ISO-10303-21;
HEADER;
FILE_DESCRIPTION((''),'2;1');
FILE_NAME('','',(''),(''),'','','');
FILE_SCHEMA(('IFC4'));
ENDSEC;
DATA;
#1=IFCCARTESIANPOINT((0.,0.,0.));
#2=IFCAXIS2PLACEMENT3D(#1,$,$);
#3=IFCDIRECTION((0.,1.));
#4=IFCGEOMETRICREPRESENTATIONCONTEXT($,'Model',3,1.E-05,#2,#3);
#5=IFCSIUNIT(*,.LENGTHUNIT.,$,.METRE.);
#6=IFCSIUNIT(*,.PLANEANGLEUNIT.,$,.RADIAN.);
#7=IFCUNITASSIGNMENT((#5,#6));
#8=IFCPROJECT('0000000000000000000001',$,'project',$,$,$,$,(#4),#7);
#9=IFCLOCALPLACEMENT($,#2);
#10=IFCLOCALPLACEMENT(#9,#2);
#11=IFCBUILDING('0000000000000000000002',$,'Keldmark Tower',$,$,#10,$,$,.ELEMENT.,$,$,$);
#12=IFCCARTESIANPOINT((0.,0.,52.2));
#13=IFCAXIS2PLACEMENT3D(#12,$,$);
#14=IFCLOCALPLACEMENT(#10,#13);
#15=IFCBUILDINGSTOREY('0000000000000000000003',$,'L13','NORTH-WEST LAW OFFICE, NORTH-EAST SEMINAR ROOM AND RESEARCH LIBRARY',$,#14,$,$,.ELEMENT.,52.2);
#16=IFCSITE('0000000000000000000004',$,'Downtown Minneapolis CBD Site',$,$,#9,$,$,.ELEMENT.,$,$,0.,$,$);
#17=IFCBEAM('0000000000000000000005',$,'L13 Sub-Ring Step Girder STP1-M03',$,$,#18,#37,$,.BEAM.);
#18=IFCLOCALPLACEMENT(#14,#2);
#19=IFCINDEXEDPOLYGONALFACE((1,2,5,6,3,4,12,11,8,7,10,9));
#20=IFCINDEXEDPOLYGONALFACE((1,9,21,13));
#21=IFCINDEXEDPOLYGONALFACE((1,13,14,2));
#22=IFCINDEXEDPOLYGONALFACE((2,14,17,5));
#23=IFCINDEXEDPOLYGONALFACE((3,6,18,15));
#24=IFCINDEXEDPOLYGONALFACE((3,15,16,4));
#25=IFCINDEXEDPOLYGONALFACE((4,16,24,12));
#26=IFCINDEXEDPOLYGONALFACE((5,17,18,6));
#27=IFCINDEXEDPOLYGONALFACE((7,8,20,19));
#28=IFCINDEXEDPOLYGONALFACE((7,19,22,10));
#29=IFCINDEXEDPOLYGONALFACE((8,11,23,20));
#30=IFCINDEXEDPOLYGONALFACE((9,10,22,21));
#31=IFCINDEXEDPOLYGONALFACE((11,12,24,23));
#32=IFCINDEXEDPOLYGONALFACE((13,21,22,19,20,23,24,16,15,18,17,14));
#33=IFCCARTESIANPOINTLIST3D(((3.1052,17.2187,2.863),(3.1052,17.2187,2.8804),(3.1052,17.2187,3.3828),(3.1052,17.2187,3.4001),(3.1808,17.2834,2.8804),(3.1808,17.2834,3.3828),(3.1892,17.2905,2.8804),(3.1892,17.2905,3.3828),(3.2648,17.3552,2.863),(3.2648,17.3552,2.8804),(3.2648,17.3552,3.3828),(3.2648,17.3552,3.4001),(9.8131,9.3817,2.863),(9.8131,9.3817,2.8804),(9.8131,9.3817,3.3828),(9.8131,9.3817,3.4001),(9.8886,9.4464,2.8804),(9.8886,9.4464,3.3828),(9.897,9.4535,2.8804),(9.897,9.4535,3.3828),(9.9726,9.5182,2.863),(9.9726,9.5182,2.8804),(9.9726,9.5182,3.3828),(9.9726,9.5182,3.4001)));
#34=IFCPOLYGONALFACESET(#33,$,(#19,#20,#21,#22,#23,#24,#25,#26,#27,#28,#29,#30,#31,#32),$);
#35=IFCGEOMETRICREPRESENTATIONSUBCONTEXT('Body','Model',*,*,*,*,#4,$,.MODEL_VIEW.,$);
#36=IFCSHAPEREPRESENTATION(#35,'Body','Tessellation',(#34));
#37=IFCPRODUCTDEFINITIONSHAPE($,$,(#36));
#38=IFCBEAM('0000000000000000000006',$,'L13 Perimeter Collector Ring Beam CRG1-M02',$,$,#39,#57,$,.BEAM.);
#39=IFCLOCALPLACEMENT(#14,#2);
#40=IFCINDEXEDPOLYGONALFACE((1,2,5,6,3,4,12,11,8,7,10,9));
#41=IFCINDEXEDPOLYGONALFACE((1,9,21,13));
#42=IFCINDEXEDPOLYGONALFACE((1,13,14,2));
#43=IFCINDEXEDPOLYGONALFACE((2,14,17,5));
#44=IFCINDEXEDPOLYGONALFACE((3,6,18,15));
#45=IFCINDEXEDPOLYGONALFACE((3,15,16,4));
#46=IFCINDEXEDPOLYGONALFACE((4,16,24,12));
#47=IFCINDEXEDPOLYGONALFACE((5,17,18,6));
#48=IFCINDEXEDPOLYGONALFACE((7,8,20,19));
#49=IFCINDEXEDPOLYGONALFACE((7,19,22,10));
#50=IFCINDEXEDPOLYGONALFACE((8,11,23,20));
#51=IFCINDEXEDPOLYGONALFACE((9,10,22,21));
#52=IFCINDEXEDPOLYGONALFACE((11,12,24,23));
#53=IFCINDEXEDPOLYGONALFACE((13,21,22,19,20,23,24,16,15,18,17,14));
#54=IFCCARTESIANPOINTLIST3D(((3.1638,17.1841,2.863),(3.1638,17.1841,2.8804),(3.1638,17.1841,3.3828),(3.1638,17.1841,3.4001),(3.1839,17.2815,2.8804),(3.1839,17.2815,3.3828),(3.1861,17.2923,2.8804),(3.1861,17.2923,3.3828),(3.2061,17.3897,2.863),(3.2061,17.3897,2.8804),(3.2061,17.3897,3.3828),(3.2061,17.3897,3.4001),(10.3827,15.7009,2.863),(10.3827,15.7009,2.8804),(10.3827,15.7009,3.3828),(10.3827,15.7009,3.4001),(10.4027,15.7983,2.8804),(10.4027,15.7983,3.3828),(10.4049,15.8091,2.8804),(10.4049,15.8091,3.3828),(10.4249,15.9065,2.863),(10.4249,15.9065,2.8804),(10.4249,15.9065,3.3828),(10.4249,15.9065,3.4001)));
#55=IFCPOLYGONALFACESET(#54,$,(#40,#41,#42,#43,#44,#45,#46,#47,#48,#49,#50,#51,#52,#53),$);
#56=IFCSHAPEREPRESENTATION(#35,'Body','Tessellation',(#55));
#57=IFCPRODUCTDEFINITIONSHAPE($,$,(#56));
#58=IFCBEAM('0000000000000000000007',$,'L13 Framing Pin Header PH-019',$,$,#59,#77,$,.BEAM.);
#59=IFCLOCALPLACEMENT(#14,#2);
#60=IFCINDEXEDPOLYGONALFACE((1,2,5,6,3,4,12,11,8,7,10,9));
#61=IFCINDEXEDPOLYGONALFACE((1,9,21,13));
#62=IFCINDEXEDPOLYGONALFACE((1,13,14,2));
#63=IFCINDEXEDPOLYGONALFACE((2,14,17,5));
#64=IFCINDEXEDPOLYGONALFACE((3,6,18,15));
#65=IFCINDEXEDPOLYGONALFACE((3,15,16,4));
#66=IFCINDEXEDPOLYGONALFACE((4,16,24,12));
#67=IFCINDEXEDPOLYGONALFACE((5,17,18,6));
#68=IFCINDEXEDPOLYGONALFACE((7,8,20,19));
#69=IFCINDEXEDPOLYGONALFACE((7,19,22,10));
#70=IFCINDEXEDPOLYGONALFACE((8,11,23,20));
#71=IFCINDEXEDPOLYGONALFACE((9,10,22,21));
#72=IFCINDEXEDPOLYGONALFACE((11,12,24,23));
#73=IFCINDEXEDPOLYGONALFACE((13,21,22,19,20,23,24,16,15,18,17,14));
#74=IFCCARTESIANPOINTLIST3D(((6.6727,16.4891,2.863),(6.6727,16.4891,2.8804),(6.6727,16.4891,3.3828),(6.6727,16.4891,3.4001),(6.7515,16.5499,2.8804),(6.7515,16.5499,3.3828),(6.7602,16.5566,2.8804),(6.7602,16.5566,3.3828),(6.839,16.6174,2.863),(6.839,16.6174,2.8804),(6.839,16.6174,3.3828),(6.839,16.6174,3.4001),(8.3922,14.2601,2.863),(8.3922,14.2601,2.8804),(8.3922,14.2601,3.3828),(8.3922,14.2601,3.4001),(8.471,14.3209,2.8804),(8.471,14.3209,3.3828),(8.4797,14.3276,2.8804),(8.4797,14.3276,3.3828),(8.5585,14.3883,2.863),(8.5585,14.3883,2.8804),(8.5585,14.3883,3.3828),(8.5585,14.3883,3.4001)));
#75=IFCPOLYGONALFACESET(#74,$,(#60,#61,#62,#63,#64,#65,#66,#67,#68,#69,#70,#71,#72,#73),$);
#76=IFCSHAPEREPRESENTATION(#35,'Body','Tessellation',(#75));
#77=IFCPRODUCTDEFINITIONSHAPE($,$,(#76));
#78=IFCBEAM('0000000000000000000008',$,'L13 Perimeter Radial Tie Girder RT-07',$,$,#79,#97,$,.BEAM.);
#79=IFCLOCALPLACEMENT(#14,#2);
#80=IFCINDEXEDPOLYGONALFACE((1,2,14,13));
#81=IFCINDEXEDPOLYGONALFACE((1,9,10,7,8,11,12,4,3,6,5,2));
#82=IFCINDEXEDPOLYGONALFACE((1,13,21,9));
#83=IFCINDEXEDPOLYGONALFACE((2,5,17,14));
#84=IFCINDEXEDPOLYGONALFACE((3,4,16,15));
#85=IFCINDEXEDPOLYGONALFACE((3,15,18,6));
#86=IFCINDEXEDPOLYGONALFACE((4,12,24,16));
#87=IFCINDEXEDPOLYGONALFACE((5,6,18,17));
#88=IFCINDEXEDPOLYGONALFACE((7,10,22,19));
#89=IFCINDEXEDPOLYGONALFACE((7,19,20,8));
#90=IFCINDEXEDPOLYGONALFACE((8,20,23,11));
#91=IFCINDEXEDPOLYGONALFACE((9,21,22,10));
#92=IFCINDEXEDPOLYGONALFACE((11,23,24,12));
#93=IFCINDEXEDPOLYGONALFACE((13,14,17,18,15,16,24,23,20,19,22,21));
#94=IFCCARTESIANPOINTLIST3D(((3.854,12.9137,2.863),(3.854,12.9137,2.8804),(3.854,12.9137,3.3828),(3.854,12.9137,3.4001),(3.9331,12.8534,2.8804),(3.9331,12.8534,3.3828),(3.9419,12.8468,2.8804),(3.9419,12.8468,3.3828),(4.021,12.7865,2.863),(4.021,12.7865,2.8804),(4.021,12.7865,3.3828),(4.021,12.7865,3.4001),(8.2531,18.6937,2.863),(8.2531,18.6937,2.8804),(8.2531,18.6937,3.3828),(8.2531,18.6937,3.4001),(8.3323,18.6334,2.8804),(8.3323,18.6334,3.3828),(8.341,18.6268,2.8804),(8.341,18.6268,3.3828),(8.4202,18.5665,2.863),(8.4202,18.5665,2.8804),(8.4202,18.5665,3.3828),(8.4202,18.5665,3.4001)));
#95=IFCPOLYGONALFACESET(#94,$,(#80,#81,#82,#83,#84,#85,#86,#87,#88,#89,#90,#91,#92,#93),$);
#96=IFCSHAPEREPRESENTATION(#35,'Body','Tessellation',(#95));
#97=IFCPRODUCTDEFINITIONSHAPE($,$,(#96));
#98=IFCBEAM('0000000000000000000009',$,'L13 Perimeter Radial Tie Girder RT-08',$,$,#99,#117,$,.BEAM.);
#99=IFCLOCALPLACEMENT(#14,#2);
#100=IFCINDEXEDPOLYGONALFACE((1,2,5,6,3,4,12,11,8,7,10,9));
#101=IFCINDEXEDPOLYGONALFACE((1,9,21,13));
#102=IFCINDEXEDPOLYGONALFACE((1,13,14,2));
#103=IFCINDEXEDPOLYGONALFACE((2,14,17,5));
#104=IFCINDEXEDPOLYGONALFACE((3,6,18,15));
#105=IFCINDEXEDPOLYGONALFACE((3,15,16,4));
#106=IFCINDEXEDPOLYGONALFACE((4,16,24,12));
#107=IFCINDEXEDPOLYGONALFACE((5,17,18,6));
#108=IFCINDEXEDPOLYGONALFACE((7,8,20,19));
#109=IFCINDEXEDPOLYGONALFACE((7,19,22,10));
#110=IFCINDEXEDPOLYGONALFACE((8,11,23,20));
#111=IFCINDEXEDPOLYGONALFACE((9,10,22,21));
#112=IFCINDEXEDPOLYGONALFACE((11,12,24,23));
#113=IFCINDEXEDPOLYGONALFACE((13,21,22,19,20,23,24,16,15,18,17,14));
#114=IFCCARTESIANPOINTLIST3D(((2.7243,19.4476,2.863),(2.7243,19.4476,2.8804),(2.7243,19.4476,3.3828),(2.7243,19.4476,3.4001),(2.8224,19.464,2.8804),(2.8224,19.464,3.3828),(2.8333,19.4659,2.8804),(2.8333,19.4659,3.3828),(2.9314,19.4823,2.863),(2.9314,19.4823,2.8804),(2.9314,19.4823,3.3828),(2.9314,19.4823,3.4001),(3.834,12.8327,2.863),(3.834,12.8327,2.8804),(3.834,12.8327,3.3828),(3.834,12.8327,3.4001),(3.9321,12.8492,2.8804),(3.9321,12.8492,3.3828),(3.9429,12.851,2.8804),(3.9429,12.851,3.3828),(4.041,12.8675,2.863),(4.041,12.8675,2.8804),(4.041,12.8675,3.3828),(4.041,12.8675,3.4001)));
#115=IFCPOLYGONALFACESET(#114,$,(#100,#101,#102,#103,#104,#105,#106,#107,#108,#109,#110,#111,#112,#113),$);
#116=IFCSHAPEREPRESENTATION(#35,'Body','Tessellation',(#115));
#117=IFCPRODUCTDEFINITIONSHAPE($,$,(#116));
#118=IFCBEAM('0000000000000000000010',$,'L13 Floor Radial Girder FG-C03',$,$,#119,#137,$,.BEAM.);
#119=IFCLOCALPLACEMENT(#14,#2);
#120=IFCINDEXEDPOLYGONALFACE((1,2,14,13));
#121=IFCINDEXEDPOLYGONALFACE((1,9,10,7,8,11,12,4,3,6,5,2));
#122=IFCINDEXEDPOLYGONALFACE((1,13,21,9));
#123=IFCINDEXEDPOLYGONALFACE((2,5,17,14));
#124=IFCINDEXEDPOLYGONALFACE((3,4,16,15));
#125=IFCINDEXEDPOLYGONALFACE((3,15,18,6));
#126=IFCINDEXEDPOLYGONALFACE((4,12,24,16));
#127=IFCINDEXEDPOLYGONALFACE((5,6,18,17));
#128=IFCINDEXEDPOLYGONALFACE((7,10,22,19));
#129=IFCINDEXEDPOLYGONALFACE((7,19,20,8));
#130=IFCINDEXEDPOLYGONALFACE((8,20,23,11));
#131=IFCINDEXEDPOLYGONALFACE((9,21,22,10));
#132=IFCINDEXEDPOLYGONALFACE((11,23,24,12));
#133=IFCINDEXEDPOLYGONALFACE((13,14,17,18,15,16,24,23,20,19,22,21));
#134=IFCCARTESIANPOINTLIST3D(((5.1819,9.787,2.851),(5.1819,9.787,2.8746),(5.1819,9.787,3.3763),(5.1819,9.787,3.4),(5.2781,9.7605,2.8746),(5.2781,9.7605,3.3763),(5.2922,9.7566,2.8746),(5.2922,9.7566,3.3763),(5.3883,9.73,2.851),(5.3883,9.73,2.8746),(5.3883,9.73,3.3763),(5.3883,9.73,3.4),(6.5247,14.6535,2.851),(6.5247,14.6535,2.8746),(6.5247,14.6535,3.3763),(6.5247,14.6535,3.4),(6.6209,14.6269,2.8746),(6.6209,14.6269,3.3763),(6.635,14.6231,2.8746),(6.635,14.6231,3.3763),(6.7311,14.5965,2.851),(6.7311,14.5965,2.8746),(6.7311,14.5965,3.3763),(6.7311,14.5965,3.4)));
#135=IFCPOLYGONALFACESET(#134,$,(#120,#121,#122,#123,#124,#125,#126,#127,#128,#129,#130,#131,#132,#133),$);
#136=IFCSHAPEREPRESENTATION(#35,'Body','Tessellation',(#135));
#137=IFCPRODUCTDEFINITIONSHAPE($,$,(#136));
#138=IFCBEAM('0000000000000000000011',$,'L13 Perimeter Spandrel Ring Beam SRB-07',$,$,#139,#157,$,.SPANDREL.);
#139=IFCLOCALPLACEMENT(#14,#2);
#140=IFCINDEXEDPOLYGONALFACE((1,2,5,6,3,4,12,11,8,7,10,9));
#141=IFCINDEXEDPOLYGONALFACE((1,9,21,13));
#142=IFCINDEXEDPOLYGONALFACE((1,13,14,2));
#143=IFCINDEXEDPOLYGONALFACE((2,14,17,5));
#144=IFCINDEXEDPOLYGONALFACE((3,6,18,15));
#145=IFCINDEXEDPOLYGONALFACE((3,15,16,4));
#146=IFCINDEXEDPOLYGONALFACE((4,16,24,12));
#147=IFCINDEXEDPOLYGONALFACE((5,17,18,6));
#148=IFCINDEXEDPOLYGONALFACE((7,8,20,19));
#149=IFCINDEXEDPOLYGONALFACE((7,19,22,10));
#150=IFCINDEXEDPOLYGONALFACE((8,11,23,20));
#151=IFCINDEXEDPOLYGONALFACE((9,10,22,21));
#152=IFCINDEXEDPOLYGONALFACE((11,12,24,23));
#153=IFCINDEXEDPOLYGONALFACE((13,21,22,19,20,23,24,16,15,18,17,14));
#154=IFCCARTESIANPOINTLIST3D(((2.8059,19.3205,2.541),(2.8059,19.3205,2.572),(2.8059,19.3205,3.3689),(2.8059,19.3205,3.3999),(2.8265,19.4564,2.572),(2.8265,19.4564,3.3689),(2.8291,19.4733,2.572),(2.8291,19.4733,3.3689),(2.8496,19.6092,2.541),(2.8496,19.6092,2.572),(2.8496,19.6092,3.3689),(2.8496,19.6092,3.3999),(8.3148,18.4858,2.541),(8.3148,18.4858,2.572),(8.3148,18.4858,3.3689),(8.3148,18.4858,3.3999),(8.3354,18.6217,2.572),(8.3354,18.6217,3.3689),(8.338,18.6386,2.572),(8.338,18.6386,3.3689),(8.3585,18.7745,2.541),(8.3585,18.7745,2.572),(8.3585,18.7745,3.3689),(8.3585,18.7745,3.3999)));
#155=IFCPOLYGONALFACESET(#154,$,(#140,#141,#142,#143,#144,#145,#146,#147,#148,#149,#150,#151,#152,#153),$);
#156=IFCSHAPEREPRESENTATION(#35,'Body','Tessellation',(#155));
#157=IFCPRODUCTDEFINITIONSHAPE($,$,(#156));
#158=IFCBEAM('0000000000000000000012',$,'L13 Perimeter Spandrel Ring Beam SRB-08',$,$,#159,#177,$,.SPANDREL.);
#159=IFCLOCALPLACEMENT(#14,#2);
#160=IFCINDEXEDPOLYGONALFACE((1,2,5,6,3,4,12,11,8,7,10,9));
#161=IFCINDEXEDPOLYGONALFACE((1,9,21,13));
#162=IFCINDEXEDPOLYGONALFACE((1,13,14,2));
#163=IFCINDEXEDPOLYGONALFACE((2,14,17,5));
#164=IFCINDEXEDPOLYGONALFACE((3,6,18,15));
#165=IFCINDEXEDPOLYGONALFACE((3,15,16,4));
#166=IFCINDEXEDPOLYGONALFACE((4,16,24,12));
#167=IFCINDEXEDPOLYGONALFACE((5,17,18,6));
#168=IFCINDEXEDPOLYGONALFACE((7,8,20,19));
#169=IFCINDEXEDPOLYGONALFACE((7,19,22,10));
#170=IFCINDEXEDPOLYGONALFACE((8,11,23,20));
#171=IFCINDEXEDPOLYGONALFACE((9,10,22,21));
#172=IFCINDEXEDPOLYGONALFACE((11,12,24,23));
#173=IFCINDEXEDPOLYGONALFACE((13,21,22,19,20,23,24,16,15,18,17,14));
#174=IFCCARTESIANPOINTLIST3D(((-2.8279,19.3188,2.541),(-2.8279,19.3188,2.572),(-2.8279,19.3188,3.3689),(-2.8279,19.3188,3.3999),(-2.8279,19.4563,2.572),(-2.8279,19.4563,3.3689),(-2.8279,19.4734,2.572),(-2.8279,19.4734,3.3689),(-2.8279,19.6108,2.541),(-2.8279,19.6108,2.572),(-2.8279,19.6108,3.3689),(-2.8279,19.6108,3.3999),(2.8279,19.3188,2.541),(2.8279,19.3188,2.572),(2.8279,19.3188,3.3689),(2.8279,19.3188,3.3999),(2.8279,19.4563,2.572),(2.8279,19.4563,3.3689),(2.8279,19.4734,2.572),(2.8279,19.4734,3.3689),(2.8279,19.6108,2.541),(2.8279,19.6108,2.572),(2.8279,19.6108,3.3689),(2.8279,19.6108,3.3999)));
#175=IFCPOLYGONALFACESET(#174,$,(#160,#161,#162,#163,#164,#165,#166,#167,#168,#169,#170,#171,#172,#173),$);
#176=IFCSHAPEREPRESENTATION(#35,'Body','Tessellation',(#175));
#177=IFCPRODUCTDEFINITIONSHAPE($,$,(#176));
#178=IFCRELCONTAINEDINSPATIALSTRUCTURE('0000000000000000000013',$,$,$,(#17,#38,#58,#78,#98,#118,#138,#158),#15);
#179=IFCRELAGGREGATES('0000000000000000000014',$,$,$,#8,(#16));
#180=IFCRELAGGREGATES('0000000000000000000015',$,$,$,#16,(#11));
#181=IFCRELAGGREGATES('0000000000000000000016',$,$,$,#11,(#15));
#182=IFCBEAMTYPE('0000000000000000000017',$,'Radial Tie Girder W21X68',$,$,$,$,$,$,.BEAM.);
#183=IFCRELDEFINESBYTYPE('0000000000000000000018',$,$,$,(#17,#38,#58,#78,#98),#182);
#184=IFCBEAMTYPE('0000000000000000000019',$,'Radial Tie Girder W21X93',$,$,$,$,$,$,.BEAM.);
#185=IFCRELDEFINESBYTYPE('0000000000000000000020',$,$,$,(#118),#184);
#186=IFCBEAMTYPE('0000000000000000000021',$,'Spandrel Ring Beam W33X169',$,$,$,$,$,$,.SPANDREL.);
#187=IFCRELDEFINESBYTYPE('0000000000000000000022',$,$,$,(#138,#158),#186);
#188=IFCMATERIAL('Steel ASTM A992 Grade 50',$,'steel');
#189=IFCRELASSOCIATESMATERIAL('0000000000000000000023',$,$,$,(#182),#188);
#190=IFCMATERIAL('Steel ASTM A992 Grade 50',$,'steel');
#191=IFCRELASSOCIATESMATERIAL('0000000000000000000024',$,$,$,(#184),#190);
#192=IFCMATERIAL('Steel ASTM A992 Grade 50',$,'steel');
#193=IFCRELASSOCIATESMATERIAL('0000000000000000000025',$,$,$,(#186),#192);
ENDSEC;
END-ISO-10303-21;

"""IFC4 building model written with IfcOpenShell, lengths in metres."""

from ifc_helpers import new_model, si_unit, direction, frame, origin, origin_2d, place, context, subcontext, project, spatial, i_section, extrude, material, material_profile, profile_set, type_object, element, save


model = new_model("IFC4")

# Units and contexts
model_context = context("Model", 3, precision=1e-05, world=origin(), true_north=direction((0.0, 1.0)))
body_context = subcontext(model_context, "Body", "Model", "MODEL_VIEW")
ifc_project = project(units=[si_unit("LENGTHUNIT", "METRE"), si_unit("PLANEANGLEUNIT", "RADIAN")], contexts=[model_context])

# Site, building, storey
site_placement = place(None, origin())
site = spatial("IfcSite", under=ifc_project, at=site_placement, Name="Downtown Minneapolis CBD Site", CompositionType="ELEMENT", RefElevation=0.0)
building_placement = place(site_placement, origin())
building = spatial("IfcBuilding", under=site, at=building_placement, Name="Keldmark Tower", CompositionType="ELEMENT")
storey_placement = place(building_placement, frame((0.0, 0.0, 52.2)))
storey = spatial("IfcBuildingStorey", under=building, at=storey_placement, Name="L13", Description="NORTH-WEST LAW OFFICE, NORTH-EAST SEMINAR ROOM AND RESEARCH LIBRARY", CompositionType="ELEMENT", Elevation=52.2)

# Beams
ifc_material_1 = material(Name="Steel ASTM A992 Grade 50", Category="steel")
ifc_material_profile_1 = material_profile(ifc_material_1, i_section(OverallWidth=0.21, OverallDepth=0.5371, WebThickness=0.011, FlangeThickness=0.0173, at=origin_2d()), Name="W21X68")
ifc_profile_set_1 = profile_set([ifc_material_profile_1], Name="Steel ASTM A992 Grade 50")
beam_type_1 = type_object("IfcBeamType", Name="Radial Tie Girder W21X68", PredefinedType="BEAM", material=ifc_profile_set_1)
beam_1_placement = place(storey_placement, frame((9.8928, 9.45, 3.1316), z_axis=(-0.650255, 0.759716, 0.0), x_axis=(-0.759716, -0.650255, 0.0)))
element("IfcBeam", 1, at=beam_1_placement, inside=storey, type_object=beam_type_1, Name="L13 Sub-Ring Step Girder STP1-M03", PredefinedType="BEAM", context=body_context, shape_type="SweptSolid", body=[
    extrude(i_section(OverallWidth=0.21, OverallDepth=0.5371, WebThickness=0.011, FlangeThickness=0.0173, at=origin_2d()), origin(), (0.0, 0.0, 1.0), 10.3157),
])
beam_2_placement = place(storey_placement, frame((10.4038, 15.8037, 3.1316), z_axis=(-0.979539, 0.201255, 0.0), x_axis=(-0.201255, -0.979539, 0.0)))
element("IfcBeam", 2, at=beam_2_placement, inside=storey, type_object=beam_type_1, Name="L13 Perimeter Collector Ring Beam CRG1-M02", PredefinedType="BEAM", context=body_context, shape_type="SweptSolid", body=[
    extrude(i_section(OverallWidth=0.21, OverallDepth=0.5371, WebThickness=0.011, FlangeThickness=0.0173, at=origin_2d()), origin(), (0.0, 0.0, 1.0), 7.3696),
])
beam_3_placement = place(storey_placement, frame((8.4753, 14.3242, 3.1316), z_axis=(-0.610796, 0.791788, 0.0), x_axis=(-0.791788, -0.610796, 0.0)))
element("IfcBeam", 3, at=beam_3_placement, inside=storey, type_object=beam_type_1, Name="L13 Framing Pin Header PH-019", PredefinedType="BEAM", context=body_context, shape_type="SweptSolid", body=[
    extrude(i_section(OverallWidth=0.21, OverallDepth=0.5371, WebThickness=0.011, FlangeThickness=0.0173, at=origin_2d()), origin(), (0.0, 0.0, 1.0), 2.8152),
])
beam_4_placement = place(storey_placement, frame((3.9375, 12.8501, 3.1316), z_axis=(0.605637, 0.795741, 0.0), x_axis=(-0.795741, 0.605637, 0.0)))
element("IfcBeam", 4, at=beam_4_placement, inside=storey, type_object=beam_type_1, Name="L13 Perimeter Radial Tie Girder RT-07", PredefinedType="BEAM", context=body_context, shape_type="SweptSolid", body=[
    extrude(i_section(OverallWidth=0.21, OverallDepth=0.5371, WebThickness=0.011, FlangeThickness=0.0173, at=origin_2d()), origin(), (0.0, 0.0, 1.0), 7.2637),
])
beam_5_placement = place(storey_placement, frame((3.9375, 12.8501, 3.1316), z_axis=(-0.165438, 0.98622, 0.0), x_axis=(-0.98622, -0.165438, 0.0)))
element("IfcBeam", 5, at=beam_5_placement, inside=storey, type_object=beam_type_1, Name="L13 Perimeter Radial Tie Girder RT-08", PredefinedType="BEAM", context=body_context, shape_type="SweptSolid", body=[
    extrude(i_section(OverallWidth=0.21, OverallDepth=0.5371, WebThickness=0.011, FlangeThickness=0.0173, at=origin_2d()), origin(), (0.0, 0.0, 1.0), 6.7073),
])
ifc_material_2 = material(Name="Steel ASTM A992 Grade 50", Category="steel")
ifc_material_profile_2 = material_profile(ifc_material_2, i_section(OverallWidth=0.2141, OverallDepth=0.5491, WebThickness=0.0146, FlangeThickness=0.0237, at=origin_2d()), Name="W21X93")
ifc_profile_set_2 = profile_set([ifc_material_profile_2], Name="Steel ASTM A992 Grade 50")
beam_type_2 = type_object("IfcBeamType", Name="Radial Tie Girder W21X93", PredefinedType="BEAM", material=ifc_profile_set_2)
beam_6_placement = place(storey_placement, frame((6.6279, 14.625, 3.1255), z_axis=(-0.265985, -0.963977, 0.0), x_axis=(0.963977, -0.265985, 0.0)))
element("IfcBeam", 6, at=beam_6_placement, inside=storey, type_object=beam_type_2, Name="L13 Floor Radial Girder FG-C03", PredefinedType="BEAM", context=body_context, shape_type="SweptSolid", body=[
    extrude(i_section(OverallWidth=0.2141, OverallDepth=0.5491, WebThickness=0.0146, FlangeThickness=0.0237, at=origin_2d()), origin(), (0.0, 0.0, 1.0), 5.0483),
])
ifc_material_3 = material(Name="Steel ASTM A992 Grade 50", Category="steel")
ifc_material_profile_3 = material_profile(ifc_material_3, i_section(OverallWidth=0.292, OverallDepth=0.8589, WebThickness=0.0171, FlangeThickness=0.031, at=origin_2d()), Name="W33X169")
ifc_profile_set_3 = profile_set([ifc_material_profile_3], Name="Steel ASTM A992 Grade 50")
beam_type_3 = type_object("IfcBeamType", Name="Spandrel Ring Beam W33X169", PredefinedType="SPANDREL", material=ifc_profile_set_3)
beam_7_placement = place(storey_placement, frame((8.3367, 18.6301, 2.9705), z_axis=(-0.988714, 0.149814, 0.0), x_axis=(-0.149814, -0.988714, 0.0)))
element("IfcBeam", 7, at=beam_7_placement, inside=storey, type_object=beam_type_3, Name="L13 Perimeter Spandrel Ring Beam SRB-07", PredefinedType="SPANDREL", context=body_context, shape_type="SweptSolid", body=[
    extrude(i_section(OverallWidth=0.292, OverallDepth=0.8589, WebThickness=0.0171, FlangeThickness=0.031, at=origin_2d()), origin(), (0.0, 0.0, 1.0), 5.5718),
])
beam_8_placement = place(storey_placement, frame((2.8279, 19.4648, 2.9705), z_axis=(-1.0, 0.0, 0.0), x_axis=(0.0, -1.0, 0.0)))
element("IfcBeam", 8, at=beam_8_placement, inside=storey, type_object=beam_type_3, Name="L13 Perimeter Spandrel Ring Beam SRB-08", PredefinedType="SPANDREL", context=body_context, shape_type="SweptSolid", body=[
    extrude(i_section(OverallWidth=0.292, OverallDepth=0.8589, WebThickness=0.0171, FlangeThickness=0.031, at=origin_2d()), origin(), (0.0, 0.0, 1.0), 5.6558),
])

save(model, "model.ifc")
